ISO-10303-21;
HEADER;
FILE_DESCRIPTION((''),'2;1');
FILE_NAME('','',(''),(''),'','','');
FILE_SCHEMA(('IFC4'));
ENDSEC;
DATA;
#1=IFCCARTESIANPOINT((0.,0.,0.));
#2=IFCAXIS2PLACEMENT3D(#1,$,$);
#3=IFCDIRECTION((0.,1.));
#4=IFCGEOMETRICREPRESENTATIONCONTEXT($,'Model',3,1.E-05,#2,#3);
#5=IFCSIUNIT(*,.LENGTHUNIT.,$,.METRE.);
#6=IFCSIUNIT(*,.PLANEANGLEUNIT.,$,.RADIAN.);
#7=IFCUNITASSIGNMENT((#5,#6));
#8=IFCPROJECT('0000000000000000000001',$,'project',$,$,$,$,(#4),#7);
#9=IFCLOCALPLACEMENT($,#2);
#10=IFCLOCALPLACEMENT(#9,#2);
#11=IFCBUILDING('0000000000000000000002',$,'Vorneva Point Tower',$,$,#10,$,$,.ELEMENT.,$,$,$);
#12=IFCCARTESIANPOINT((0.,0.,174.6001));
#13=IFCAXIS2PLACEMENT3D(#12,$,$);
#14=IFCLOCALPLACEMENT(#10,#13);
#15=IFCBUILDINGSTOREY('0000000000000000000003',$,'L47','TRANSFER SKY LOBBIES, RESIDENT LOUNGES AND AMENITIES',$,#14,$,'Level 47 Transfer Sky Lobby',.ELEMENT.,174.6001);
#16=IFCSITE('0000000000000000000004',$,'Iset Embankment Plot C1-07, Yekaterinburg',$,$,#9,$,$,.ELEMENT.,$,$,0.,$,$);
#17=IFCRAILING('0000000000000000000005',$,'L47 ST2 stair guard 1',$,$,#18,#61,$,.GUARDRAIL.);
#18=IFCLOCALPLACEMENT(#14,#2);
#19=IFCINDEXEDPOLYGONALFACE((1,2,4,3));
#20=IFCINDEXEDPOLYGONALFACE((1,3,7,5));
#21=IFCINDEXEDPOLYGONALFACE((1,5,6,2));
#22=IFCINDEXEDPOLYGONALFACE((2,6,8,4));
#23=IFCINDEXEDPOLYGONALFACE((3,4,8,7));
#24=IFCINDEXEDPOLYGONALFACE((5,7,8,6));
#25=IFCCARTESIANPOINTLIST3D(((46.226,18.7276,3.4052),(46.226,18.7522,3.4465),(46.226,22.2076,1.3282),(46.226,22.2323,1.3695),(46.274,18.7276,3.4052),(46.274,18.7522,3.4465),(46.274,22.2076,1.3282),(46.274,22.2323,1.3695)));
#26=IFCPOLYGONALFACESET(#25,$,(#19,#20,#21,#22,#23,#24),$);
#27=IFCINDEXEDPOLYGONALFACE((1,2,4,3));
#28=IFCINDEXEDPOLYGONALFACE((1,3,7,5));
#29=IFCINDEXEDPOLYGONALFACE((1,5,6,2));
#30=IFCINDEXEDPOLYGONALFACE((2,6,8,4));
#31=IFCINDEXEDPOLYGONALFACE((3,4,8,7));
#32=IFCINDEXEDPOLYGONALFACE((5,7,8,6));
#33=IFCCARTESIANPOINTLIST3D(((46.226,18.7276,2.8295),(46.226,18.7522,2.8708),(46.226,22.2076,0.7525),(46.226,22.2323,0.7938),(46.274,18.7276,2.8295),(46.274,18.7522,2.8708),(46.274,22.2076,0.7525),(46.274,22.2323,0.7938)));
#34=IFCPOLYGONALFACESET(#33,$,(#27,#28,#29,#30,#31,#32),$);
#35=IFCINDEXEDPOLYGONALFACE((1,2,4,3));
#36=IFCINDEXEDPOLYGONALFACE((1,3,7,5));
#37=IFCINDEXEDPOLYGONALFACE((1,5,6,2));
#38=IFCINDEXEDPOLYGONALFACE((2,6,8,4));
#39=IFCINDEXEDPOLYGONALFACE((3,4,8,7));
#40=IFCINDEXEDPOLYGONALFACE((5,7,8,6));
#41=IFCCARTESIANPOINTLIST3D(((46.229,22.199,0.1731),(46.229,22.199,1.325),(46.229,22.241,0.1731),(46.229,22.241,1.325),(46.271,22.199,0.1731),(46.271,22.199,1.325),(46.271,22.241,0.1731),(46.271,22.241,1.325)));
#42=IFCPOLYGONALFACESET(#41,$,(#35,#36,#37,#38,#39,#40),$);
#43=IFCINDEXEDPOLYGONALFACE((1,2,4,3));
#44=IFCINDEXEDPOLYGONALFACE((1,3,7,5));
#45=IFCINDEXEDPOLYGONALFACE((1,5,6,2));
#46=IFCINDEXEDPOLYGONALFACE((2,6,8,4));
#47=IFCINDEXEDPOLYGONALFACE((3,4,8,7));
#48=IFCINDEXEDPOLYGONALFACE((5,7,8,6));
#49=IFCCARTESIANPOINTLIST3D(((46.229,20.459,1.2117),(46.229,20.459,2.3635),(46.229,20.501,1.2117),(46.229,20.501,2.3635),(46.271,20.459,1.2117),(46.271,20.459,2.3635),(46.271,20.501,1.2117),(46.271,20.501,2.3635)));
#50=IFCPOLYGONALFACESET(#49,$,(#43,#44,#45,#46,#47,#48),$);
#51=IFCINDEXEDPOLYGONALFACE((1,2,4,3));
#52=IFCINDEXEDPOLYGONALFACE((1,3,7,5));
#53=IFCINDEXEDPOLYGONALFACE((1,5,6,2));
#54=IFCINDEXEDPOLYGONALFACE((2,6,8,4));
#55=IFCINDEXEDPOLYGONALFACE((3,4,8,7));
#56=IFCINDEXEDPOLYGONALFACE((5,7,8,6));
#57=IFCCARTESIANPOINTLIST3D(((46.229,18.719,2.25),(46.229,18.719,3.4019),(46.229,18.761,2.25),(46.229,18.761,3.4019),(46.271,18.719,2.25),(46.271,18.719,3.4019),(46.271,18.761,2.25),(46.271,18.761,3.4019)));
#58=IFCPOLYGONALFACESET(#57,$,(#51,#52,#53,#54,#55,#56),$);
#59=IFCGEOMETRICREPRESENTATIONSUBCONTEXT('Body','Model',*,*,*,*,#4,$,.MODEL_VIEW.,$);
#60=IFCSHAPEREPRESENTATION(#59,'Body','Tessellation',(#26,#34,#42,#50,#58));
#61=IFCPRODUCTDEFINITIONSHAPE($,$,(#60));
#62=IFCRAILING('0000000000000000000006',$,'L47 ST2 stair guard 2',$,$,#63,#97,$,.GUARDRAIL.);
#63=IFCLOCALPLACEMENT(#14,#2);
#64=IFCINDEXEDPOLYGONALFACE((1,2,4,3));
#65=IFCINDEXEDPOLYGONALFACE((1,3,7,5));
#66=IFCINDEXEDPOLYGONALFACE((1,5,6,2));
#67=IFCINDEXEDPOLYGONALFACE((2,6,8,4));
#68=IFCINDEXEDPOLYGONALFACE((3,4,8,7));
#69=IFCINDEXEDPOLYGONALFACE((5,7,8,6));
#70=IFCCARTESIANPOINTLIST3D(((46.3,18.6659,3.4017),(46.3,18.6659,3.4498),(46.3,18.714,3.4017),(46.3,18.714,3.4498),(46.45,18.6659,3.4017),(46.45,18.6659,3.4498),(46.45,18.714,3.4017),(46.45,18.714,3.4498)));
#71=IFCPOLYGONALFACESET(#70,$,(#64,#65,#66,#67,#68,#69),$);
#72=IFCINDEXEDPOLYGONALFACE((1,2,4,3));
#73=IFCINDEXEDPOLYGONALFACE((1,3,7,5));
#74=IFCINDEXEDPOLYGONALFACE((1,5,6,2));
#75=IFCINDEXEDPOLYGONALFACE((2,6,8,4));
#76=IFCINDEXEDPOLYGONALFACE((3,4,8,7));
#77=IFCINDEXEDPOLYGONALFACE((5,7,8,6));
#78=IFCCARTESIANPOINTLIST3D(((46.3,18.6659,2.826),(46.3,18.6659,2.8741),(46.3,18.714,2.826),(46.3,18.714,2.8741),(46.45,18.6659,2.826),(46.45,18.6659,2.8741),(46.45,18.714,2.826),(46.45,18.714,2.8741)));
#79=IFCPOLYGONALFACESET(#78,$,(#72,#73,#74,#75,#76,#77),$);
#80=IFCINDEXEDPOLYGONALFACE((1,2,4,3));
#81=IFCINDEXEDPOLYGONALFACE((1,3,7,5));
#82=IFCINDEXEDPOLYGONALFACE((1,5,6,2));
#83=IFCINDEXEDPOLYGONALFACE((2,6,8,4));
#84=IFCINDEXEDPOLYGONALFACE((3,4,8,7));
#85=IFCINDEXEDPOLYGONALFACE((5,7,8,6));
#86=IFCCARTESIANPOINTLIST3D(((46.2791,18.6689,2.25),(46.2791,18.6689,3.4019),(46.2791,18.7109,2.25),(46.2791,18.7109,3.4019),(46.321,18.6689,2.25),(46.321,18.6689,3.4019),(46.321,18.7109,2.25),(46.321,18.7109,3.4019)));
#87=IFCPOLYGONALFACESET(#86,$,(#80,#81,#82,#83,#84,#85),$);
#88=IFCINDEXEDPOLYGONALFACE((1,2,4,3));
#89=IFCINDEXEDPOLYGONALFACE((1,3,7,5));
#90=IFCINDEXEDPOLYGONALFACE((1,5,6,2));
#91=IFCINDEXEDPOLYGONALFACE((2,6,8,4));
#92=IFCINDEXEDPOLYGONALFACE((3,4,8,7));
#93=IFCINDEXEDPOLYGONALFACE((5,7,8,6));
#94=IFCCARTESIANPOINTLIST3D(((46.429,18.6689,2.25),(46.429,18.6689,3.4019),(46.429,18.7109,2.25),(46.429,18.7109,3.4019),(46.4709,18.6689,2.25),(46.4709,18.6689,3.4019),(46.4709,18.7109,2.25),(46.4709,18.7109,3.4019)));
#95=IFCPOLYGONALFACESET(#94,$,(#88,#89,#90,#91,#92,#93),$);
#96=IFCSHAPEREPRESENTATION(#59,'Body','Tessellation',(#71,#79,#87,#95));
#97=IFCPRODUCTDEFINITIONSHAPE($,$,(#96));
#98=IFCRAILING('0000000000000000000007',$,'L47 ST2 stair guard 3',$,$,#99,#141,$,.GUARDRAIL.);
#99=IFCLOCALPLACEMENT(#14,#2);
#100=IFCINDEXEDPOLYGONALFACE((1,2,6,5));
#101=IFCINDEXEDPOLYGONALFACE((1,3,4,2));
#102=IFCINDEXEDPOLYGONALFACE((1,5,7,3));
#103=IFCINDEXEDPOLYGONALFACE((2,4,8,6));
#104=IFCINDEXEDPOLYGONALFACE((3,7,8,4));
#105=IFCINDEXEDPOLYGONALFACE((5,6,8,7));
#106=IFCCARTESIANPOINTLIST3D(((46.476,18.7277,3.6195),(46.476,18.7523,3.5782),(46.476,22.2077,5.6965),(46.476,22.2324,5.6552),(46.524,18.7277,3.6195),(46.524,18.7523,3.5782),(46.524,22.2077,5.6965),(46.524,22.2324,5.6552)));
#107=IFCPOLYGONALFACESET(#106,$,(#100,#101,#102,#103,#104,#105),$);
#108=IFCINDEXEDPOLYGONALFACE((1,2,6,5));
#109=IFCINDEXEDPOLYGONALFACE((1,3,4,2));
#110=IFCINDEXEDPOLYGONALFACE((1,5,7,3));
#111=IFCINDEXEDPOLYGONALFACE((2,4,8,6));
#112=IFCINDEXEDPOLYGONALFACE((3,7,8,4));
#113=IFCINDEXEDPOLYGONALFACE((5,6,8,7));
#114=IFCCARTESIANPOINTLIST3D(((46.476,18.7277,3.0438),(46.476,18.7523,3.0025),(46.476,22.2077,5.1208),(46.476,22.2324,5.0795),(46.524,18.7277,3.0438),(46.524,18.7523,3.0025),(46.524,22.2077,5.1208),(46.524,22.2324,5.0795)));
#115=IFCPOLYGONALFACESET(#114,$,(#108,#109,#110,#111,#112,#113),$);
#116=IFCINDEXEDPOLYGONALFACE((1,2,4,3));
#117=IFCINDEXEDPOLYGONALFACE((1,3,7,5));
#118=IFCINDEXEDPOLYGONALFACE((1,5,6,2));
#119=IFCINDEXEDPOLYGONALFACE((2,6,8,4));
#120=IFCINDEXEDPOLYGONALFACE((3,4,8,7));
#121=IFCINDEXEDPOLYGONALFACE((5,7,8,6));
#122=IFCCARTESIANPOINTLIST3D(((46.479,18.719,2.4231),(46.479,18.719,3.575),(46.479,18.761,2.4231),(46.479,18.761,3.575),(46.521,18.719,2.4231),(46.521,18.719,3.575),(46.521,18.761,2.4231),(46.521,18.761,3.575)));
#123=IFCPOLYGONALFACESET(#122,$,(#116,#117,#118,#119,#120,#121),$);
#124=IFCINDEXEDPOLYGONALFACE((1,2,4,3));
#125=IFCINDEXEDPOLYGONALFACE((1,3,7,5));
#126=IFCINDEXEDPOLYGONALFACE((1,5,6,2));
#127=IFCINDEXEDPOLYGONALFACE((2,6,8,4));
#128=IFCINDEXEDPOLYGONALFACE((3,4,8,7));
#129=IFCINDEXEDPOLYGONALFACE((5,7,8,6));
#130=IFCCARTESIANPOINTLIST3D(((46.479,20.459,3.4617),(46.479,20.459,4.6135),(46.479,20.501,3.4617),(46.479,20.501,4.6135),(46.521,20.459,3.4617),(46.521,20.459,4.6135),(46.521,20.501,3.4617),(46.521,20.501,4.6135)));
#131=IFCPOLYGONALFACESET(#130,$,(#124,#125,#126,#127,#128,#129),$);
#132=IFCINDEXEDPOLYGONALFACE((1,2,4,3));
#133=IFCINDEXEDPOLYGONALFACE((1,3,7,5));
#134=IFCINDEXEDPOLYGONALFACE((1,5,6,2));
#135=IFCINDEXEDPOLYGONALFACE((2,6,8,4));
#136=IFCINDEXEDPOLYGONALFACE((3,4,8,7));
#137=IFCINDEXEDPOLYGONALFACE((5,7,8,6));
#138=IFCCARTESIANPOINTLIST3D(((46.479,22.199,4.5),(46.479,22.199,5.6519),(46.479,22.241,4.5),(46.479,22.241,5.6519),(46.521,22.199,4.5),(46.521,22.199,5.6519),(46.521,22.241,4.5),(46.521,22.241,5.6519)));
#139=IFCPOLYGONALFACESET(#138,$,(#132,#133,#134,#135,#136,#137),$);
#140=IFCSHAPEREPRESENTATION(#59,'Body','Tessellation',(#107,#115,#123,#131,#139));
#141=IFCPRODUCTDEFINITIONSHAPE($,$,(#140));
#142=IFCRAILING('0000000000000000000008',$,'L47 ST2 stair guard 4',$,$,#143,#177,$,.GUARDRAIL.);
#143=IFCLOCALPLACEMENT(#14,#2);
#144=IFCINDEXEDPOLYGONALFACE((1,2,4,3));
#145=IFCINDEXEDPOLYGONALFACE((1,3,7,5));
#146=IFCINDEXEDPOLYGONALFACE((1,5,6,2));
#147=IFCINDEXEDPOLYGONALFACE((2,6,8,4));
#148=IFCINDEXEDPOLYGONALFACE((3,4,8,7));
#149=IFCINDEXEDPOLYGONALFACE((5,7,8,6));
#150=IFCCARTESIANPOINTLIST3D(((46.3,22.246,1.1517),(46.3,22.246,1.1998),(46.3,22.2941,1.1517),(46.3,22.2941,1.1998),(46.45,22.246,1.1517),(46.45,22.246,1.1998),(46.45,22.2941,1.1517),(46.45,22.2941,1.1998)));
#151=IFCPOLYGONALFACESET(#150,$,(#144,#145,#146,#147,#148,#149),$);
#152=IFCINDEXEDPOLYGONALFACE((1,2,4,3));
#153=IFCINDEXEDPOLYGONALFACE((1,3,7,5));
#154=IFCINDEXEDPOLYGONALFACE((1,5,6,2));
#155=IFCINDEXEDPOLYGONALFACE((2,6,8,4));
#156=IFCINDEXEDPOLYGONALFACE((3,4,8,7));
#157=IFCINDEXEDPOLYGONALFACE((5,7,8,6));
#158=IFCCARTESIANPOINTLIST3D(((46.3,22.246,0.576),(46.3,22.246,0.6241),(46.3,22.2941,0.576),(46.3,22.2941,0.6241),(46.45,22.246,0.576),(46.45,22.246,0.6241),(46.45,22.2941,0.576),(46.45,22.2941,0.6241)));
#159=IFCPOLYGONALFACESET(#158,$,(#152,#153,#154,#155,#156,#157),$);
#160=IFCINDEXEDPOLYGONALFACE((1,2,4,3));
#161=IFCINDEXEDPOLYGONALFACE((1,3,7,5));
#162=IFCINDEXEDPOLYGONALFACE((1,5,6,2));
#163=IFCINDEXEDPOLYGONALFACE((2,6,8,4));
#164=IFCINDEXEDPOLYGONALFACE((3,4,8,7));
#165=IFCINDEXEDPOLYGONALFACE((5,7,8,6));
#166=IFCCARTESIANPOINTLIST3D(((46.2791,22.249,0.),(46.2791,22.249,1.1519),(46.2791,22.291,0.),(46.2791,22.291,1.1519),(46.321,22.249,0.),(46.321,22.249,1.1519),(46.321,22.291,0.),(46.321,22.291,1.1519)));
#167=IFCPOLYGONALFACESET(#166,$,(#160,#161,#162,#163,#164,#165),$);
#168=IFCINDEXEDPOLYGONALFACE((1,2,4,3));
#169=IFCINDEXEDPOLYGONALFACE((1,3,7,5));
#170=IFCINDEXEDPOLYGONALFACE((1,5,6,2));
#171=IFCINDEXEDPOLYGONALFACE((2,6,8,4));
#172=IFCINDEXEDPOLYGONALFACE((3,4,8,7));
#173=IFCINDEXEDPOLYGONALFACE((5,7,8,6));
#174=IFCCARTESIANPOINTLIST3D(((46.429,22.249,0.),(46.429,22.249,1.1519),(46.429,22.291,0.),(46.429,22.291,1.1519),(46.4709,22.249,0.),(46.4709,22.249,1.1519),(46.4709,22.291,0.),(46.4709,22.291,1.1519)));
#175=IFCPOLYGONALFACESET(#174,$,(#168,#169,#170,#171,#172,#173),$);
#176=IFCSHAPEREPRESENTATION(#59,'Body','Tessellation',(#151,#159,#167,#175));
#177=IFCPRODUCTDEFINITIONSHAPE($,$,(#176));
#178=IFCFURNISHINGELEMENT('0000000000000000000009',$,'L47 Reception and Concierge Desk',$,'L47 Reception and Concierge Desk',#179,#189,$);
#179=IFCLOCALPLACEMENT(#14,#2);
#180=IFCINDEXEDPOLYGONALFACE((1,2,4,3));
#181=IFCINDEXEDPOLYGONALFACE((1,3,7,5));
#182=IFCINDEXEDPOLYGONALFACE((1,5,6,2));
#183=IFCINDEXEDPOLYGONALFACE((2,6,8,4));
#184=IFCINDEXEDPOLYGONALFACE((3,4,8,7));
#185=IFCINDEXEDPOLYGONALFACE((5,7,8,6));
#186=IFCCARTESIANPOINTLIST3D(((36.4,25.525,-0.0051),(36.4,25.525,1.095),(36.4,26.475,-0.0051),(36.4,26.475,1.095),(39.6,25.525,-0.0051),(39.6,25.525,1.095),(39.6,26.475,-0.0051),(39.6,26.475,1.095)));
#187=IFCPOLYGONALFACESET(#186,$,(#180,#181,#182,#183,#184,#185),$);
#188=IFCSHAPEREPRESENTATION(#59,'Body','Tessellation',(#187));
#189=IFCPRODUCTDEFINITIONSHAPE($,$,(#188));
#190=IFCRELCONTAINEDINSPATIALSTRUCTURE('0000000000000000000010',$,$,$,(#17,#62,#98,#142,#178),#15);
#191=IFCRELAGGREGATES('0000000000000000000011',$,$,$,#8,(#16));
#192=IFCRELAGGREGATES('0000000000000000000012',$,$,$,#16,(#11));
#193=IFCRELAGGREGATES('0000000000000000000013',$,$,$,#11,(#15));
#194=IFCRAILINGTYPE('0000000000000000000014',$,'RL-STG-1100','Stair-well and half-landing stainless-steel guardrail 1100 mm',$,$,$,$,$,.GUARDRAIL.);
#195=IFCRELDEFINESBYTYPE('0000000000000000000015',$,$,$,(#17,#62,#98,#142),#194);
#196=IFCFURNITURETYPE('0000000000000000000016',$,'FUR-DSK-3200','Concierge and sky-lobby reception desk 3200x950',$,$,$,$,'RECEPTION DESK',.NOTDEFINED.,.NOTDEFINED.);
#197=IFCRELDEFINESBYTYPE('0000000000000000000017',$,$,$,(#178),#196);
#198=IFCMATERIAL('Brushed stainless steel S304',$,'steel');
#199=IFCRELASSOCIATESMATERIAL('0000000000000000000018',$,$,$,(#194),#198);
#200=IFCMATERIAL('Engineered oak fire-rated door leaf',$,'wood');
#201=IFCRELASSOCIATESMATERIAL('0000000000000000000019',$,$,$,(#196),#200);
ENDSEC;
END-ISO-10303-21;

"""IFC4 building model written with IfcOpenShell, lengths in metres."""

from ifc_helpers import new_model, si_unit, direction, frame, origin, origin_2d, place, context, subcontext, project, spatial, rectangle, extrude, material, type_object, element, save


model = new_model("IFC4")

# Units and contexts
model_context = context("Model", 3, precision=1e-05, world=origin(), true_north=direction((0.0, 1.0)))
body_context = subcontext(model_context, "Body", "Model", "MODEL_VIEW")
ifc_project = project(units=[si_unit("LENGTHUNIT", "METRE"), si_unit("PLANEANGLEUNIT", "RADIAN")], contexts=[model_context])

# Site, building, storey
site_placement = place(None, origin())
site = spatial("IfcSite", under=ifc_project, at=site_placement, Name="Iset Embankment Plot C1-07, Yekaterinburg", CompositionType="ELEMENT", RefElevation=0.0)
building_placement = place(site_placement, origin())
building = spatial("IfcBuilding", under=site, at=building_placement, Name="Vorneva Point Tower", CompositionType="ELEMENT")
storey_placement = place(building_placement, frame((0.0, 0.0, 174.6001)))
storey = spatial("IfcBuildingStorey", under=building, at=storey_placement, Name="L47", Description="TRANSFER SKY LOBBIES, RESIDENT LOUNGES AND AMENITIES", LongName="Level 47 Transfer Sky Lobby", CompositionType="ELEMENT", Elevation=174.6001)

# Shared definitions
ifc_material_1 = material(Name="Engineered oak fire-rated door leaf", Category="wood")

# Shared definitions
ifc_material_2 = material(Name="Brushed stainless steel S304", Category="steel")

# Railings
railing_type_1 = type_object("IfcRailingType", Name="RL-STG-1100", Description="Stair-well and half-landing stainless-steel guardrail 1100 mm", PredefinedType="GUARDRAIL", material=ifc_material_2)
railing_1_placement = place(storey_placement, frame((46.25, 22.22, 0.1731)))
element("IfcRailing", 1, at=railing_1_placement, inside=storey, type_object=railing_type_1, Name="L47 ST2 stair guard 1", PredefinedType="GUARDRAIL", context=body_context, shape_type="SweptSolid", body=[
    extrude(rectangle(XDim=0.0481, YDim=0.0481, at=origin_2d()), frame((0.0, 0.0, 1.1758), z_axis=(0.0, -0.858697, 0.512483), x_axis=(1.0, 0.0, 0.0)), (0.0, 0.0, 1.0), 4.0527),
    extrude(rectangle(XDim=0.0481, YDim=0.0481, at=origin_2d()), frame((0.0, 0.0, 0.6001), z_axis=(0.0, -0.858697, 0.512483), x_axis=(1.0, 0.0, 0.0)), (0.0, 0.0, 1.0), 4.0527),
    extrude(rectangle(XDim=0.042, YDim=0.042, at=origin_2d()), origin(), (0.0, 0.0, 1.0), 1.1519),
    extrude(rectangle(XDim=0.042, YDim=0.042, at=origin_2d()), frame((0.0, -1.74, 1.0386)), (0.0, 0.0, 1.0), 1.1519),
    extrude(rectangle(XDim=0.042, YDim=0.042, at=origin_2d()), frame((0.0, -3.48, 2.0769)), (0.0, 0.0, 1.0), 1.1519),
])
railing_2_placement = place(storey_placement, frame((46.3, 18.6899, 2.25)))
element("IfcRailing", 2, at=railing_2_placement, inside=storey, type_object=railing_type_1, Name="L47 ST2 stair guard 2", PredefinedType="GUARDRAIL", context=body_context, shape_type="SweptSolid", body=[
    extrude(rectangle(XDim=0.0481, YDim=0.0481, at=origin_2d()), frame((0.0, 0.0, 1.1758), z_axis=(1.0, 0.0, 0.0), x_axis=(0.0, 1.0, 0.0)), (0.0, 0.0, 1.0), 0.1499),
    extrude(rectangle(XDim=0.0481, YDim=0.0481, at=origin_2d()), frame((0.0, 0.0, 0.6001), z_axis=(1.0, 0.0, 0.0), x_axis=(0.0, 1.0, 0.0)), (0.0, 0.0, 1.0), 0.1499),
    extrude(rectangle(XDim=0.042, YDim=0.042, at=origin_2d()), origin(), (0.0, 0.0, 1.0), 1.1519),
    extrude(rectangle(XDim=0.042, YDim=0.042, at=origin_2d()), frame((0.1499, 0.0, 0.0)), (0.0, 0.0, 1.0), 1.1519),
])
railing_3_placement = place(storey_placement, frame((46.5, 18.74, 2.4231)))
element("IfcRailing", 3, at=railing_3_placement, inside=storey, type_object=railing_type_1, Name="L47 ST2 stair guard 3", PredefinedType="GUARDRAIL", context=body_context, shape_type="SweptSolid", body=[
    extrude(rectangle(XDim=0.0481, YDim=0.0481, at=origin_2d()), frame((0.0, 0.0, 1.1758), z_axis=(0.0, 0.858697, 0.512483), x_axis=(-1.0, 0.0, 0.0)), (0.0, 0.0, 1.0), 4.0527),
    extrude(rectangle(XDim=0.0481, YDim=0.0481, at=origin_2d()), frame((0.0, 0.0, 0.6001), z_axis=(0.0, 0.858697, 0.512483), x_axis=(-1.0, 0.0, 0.0)), (0.0, 0.0, 1.0), 4.0527),
    extrude(rectangle(XDim=0.042, YDim=0.042, at=origin_2d()), origin(), (0.0, 0.0, 1.0), 1.1519),
    extrude(rectangle(XDim=0.042, YDim=0.042, at=origin_2d()), frame((0.0, 1.74, 1.0386)), (0.0, 0.0, 1.0), 1.1519),
    extrude(rectangle(XDim=0.042, YDim=0.042, at=origin_2d()), frame((0.0, 3.48, 2.0769)), (0.0, 0.0, 1.0), 1.1519),
])
railing_4_placement = place(storey_placement, frame((46.3, 22.27, 0.0)))
element("IfcRailing", 4, at=railing_4_placement, inside=storey, type_object=railing_type_1, Name="L47 ST2 stair guard 4", PredefinedType="GUARDRAIL", context=body_context, shape_type="SweptSolid", body=[
    extrude(rectangle(XDim=0.0481, YDim=0.0481, at=origin_2d()), frame((0.0, 0.0, 1.1758), z_axis=(1.0, 0.0, 0.0), x_axis=(0.0, 1.0, 0.0)), (0.0, 0.0, 1.0), 0.1499),
    extrude(rectangle(XDim=0.0481, YDim=0.0481, at=origin_2d()), frame((0.0, 0.0, 0.6001), z_axis=(1.0, 0.0, 0.0), x_axis=(0.0, 1.0, 0.0)), (0.0, 0.0, 1.0), 0.1499),
    extrude(rectangle(XDim=0.042, YDim=0.042, at=origin_2d()), origin(), (0.0, 0.0, 1.0), 1.1519),
    extrude(rectangle(XDim=0.042, YDim=0.042, at=origin_2d()), frame((0.1499, 0.0, 0.0)), (0.0, 0.0, 1.0), 1.1519),
])

# Furnishing element
furniture_type = type_object("IfcFurnitureType", Name="FUR-DSK-3200", Description="Concierge and sky-lobby reception desk 3200x950", ElementType="RECEPTION DESK", AssemblyPlace="NOTDEFINED", PredefinedType="NOTDEFINED", material=ifc_material_1)
furnishing_placement = place(storey_placement, frame((38.0, 26.0, -0.0051), z_axis=(0.0, 0.0, 1.0), x_axis=(1.0, 0.0, 0.0)))
element("IfcFurnishingElement", 5, at=furnishing_placement, inside=storey, type_object=furniture_type, Name="L47 Reception and Concierge Desk", ObjectType="L47 Reception and Concierge Desk", context=body_context, shape_type="SweptSolid", body=[
    extrude(rectangle(XDim=3.2, YDim=0.95, at=origin_2d()), origin(), (0.0, 0.0, 1.0), 1.1001),
])

save(model, "model.ifc")
